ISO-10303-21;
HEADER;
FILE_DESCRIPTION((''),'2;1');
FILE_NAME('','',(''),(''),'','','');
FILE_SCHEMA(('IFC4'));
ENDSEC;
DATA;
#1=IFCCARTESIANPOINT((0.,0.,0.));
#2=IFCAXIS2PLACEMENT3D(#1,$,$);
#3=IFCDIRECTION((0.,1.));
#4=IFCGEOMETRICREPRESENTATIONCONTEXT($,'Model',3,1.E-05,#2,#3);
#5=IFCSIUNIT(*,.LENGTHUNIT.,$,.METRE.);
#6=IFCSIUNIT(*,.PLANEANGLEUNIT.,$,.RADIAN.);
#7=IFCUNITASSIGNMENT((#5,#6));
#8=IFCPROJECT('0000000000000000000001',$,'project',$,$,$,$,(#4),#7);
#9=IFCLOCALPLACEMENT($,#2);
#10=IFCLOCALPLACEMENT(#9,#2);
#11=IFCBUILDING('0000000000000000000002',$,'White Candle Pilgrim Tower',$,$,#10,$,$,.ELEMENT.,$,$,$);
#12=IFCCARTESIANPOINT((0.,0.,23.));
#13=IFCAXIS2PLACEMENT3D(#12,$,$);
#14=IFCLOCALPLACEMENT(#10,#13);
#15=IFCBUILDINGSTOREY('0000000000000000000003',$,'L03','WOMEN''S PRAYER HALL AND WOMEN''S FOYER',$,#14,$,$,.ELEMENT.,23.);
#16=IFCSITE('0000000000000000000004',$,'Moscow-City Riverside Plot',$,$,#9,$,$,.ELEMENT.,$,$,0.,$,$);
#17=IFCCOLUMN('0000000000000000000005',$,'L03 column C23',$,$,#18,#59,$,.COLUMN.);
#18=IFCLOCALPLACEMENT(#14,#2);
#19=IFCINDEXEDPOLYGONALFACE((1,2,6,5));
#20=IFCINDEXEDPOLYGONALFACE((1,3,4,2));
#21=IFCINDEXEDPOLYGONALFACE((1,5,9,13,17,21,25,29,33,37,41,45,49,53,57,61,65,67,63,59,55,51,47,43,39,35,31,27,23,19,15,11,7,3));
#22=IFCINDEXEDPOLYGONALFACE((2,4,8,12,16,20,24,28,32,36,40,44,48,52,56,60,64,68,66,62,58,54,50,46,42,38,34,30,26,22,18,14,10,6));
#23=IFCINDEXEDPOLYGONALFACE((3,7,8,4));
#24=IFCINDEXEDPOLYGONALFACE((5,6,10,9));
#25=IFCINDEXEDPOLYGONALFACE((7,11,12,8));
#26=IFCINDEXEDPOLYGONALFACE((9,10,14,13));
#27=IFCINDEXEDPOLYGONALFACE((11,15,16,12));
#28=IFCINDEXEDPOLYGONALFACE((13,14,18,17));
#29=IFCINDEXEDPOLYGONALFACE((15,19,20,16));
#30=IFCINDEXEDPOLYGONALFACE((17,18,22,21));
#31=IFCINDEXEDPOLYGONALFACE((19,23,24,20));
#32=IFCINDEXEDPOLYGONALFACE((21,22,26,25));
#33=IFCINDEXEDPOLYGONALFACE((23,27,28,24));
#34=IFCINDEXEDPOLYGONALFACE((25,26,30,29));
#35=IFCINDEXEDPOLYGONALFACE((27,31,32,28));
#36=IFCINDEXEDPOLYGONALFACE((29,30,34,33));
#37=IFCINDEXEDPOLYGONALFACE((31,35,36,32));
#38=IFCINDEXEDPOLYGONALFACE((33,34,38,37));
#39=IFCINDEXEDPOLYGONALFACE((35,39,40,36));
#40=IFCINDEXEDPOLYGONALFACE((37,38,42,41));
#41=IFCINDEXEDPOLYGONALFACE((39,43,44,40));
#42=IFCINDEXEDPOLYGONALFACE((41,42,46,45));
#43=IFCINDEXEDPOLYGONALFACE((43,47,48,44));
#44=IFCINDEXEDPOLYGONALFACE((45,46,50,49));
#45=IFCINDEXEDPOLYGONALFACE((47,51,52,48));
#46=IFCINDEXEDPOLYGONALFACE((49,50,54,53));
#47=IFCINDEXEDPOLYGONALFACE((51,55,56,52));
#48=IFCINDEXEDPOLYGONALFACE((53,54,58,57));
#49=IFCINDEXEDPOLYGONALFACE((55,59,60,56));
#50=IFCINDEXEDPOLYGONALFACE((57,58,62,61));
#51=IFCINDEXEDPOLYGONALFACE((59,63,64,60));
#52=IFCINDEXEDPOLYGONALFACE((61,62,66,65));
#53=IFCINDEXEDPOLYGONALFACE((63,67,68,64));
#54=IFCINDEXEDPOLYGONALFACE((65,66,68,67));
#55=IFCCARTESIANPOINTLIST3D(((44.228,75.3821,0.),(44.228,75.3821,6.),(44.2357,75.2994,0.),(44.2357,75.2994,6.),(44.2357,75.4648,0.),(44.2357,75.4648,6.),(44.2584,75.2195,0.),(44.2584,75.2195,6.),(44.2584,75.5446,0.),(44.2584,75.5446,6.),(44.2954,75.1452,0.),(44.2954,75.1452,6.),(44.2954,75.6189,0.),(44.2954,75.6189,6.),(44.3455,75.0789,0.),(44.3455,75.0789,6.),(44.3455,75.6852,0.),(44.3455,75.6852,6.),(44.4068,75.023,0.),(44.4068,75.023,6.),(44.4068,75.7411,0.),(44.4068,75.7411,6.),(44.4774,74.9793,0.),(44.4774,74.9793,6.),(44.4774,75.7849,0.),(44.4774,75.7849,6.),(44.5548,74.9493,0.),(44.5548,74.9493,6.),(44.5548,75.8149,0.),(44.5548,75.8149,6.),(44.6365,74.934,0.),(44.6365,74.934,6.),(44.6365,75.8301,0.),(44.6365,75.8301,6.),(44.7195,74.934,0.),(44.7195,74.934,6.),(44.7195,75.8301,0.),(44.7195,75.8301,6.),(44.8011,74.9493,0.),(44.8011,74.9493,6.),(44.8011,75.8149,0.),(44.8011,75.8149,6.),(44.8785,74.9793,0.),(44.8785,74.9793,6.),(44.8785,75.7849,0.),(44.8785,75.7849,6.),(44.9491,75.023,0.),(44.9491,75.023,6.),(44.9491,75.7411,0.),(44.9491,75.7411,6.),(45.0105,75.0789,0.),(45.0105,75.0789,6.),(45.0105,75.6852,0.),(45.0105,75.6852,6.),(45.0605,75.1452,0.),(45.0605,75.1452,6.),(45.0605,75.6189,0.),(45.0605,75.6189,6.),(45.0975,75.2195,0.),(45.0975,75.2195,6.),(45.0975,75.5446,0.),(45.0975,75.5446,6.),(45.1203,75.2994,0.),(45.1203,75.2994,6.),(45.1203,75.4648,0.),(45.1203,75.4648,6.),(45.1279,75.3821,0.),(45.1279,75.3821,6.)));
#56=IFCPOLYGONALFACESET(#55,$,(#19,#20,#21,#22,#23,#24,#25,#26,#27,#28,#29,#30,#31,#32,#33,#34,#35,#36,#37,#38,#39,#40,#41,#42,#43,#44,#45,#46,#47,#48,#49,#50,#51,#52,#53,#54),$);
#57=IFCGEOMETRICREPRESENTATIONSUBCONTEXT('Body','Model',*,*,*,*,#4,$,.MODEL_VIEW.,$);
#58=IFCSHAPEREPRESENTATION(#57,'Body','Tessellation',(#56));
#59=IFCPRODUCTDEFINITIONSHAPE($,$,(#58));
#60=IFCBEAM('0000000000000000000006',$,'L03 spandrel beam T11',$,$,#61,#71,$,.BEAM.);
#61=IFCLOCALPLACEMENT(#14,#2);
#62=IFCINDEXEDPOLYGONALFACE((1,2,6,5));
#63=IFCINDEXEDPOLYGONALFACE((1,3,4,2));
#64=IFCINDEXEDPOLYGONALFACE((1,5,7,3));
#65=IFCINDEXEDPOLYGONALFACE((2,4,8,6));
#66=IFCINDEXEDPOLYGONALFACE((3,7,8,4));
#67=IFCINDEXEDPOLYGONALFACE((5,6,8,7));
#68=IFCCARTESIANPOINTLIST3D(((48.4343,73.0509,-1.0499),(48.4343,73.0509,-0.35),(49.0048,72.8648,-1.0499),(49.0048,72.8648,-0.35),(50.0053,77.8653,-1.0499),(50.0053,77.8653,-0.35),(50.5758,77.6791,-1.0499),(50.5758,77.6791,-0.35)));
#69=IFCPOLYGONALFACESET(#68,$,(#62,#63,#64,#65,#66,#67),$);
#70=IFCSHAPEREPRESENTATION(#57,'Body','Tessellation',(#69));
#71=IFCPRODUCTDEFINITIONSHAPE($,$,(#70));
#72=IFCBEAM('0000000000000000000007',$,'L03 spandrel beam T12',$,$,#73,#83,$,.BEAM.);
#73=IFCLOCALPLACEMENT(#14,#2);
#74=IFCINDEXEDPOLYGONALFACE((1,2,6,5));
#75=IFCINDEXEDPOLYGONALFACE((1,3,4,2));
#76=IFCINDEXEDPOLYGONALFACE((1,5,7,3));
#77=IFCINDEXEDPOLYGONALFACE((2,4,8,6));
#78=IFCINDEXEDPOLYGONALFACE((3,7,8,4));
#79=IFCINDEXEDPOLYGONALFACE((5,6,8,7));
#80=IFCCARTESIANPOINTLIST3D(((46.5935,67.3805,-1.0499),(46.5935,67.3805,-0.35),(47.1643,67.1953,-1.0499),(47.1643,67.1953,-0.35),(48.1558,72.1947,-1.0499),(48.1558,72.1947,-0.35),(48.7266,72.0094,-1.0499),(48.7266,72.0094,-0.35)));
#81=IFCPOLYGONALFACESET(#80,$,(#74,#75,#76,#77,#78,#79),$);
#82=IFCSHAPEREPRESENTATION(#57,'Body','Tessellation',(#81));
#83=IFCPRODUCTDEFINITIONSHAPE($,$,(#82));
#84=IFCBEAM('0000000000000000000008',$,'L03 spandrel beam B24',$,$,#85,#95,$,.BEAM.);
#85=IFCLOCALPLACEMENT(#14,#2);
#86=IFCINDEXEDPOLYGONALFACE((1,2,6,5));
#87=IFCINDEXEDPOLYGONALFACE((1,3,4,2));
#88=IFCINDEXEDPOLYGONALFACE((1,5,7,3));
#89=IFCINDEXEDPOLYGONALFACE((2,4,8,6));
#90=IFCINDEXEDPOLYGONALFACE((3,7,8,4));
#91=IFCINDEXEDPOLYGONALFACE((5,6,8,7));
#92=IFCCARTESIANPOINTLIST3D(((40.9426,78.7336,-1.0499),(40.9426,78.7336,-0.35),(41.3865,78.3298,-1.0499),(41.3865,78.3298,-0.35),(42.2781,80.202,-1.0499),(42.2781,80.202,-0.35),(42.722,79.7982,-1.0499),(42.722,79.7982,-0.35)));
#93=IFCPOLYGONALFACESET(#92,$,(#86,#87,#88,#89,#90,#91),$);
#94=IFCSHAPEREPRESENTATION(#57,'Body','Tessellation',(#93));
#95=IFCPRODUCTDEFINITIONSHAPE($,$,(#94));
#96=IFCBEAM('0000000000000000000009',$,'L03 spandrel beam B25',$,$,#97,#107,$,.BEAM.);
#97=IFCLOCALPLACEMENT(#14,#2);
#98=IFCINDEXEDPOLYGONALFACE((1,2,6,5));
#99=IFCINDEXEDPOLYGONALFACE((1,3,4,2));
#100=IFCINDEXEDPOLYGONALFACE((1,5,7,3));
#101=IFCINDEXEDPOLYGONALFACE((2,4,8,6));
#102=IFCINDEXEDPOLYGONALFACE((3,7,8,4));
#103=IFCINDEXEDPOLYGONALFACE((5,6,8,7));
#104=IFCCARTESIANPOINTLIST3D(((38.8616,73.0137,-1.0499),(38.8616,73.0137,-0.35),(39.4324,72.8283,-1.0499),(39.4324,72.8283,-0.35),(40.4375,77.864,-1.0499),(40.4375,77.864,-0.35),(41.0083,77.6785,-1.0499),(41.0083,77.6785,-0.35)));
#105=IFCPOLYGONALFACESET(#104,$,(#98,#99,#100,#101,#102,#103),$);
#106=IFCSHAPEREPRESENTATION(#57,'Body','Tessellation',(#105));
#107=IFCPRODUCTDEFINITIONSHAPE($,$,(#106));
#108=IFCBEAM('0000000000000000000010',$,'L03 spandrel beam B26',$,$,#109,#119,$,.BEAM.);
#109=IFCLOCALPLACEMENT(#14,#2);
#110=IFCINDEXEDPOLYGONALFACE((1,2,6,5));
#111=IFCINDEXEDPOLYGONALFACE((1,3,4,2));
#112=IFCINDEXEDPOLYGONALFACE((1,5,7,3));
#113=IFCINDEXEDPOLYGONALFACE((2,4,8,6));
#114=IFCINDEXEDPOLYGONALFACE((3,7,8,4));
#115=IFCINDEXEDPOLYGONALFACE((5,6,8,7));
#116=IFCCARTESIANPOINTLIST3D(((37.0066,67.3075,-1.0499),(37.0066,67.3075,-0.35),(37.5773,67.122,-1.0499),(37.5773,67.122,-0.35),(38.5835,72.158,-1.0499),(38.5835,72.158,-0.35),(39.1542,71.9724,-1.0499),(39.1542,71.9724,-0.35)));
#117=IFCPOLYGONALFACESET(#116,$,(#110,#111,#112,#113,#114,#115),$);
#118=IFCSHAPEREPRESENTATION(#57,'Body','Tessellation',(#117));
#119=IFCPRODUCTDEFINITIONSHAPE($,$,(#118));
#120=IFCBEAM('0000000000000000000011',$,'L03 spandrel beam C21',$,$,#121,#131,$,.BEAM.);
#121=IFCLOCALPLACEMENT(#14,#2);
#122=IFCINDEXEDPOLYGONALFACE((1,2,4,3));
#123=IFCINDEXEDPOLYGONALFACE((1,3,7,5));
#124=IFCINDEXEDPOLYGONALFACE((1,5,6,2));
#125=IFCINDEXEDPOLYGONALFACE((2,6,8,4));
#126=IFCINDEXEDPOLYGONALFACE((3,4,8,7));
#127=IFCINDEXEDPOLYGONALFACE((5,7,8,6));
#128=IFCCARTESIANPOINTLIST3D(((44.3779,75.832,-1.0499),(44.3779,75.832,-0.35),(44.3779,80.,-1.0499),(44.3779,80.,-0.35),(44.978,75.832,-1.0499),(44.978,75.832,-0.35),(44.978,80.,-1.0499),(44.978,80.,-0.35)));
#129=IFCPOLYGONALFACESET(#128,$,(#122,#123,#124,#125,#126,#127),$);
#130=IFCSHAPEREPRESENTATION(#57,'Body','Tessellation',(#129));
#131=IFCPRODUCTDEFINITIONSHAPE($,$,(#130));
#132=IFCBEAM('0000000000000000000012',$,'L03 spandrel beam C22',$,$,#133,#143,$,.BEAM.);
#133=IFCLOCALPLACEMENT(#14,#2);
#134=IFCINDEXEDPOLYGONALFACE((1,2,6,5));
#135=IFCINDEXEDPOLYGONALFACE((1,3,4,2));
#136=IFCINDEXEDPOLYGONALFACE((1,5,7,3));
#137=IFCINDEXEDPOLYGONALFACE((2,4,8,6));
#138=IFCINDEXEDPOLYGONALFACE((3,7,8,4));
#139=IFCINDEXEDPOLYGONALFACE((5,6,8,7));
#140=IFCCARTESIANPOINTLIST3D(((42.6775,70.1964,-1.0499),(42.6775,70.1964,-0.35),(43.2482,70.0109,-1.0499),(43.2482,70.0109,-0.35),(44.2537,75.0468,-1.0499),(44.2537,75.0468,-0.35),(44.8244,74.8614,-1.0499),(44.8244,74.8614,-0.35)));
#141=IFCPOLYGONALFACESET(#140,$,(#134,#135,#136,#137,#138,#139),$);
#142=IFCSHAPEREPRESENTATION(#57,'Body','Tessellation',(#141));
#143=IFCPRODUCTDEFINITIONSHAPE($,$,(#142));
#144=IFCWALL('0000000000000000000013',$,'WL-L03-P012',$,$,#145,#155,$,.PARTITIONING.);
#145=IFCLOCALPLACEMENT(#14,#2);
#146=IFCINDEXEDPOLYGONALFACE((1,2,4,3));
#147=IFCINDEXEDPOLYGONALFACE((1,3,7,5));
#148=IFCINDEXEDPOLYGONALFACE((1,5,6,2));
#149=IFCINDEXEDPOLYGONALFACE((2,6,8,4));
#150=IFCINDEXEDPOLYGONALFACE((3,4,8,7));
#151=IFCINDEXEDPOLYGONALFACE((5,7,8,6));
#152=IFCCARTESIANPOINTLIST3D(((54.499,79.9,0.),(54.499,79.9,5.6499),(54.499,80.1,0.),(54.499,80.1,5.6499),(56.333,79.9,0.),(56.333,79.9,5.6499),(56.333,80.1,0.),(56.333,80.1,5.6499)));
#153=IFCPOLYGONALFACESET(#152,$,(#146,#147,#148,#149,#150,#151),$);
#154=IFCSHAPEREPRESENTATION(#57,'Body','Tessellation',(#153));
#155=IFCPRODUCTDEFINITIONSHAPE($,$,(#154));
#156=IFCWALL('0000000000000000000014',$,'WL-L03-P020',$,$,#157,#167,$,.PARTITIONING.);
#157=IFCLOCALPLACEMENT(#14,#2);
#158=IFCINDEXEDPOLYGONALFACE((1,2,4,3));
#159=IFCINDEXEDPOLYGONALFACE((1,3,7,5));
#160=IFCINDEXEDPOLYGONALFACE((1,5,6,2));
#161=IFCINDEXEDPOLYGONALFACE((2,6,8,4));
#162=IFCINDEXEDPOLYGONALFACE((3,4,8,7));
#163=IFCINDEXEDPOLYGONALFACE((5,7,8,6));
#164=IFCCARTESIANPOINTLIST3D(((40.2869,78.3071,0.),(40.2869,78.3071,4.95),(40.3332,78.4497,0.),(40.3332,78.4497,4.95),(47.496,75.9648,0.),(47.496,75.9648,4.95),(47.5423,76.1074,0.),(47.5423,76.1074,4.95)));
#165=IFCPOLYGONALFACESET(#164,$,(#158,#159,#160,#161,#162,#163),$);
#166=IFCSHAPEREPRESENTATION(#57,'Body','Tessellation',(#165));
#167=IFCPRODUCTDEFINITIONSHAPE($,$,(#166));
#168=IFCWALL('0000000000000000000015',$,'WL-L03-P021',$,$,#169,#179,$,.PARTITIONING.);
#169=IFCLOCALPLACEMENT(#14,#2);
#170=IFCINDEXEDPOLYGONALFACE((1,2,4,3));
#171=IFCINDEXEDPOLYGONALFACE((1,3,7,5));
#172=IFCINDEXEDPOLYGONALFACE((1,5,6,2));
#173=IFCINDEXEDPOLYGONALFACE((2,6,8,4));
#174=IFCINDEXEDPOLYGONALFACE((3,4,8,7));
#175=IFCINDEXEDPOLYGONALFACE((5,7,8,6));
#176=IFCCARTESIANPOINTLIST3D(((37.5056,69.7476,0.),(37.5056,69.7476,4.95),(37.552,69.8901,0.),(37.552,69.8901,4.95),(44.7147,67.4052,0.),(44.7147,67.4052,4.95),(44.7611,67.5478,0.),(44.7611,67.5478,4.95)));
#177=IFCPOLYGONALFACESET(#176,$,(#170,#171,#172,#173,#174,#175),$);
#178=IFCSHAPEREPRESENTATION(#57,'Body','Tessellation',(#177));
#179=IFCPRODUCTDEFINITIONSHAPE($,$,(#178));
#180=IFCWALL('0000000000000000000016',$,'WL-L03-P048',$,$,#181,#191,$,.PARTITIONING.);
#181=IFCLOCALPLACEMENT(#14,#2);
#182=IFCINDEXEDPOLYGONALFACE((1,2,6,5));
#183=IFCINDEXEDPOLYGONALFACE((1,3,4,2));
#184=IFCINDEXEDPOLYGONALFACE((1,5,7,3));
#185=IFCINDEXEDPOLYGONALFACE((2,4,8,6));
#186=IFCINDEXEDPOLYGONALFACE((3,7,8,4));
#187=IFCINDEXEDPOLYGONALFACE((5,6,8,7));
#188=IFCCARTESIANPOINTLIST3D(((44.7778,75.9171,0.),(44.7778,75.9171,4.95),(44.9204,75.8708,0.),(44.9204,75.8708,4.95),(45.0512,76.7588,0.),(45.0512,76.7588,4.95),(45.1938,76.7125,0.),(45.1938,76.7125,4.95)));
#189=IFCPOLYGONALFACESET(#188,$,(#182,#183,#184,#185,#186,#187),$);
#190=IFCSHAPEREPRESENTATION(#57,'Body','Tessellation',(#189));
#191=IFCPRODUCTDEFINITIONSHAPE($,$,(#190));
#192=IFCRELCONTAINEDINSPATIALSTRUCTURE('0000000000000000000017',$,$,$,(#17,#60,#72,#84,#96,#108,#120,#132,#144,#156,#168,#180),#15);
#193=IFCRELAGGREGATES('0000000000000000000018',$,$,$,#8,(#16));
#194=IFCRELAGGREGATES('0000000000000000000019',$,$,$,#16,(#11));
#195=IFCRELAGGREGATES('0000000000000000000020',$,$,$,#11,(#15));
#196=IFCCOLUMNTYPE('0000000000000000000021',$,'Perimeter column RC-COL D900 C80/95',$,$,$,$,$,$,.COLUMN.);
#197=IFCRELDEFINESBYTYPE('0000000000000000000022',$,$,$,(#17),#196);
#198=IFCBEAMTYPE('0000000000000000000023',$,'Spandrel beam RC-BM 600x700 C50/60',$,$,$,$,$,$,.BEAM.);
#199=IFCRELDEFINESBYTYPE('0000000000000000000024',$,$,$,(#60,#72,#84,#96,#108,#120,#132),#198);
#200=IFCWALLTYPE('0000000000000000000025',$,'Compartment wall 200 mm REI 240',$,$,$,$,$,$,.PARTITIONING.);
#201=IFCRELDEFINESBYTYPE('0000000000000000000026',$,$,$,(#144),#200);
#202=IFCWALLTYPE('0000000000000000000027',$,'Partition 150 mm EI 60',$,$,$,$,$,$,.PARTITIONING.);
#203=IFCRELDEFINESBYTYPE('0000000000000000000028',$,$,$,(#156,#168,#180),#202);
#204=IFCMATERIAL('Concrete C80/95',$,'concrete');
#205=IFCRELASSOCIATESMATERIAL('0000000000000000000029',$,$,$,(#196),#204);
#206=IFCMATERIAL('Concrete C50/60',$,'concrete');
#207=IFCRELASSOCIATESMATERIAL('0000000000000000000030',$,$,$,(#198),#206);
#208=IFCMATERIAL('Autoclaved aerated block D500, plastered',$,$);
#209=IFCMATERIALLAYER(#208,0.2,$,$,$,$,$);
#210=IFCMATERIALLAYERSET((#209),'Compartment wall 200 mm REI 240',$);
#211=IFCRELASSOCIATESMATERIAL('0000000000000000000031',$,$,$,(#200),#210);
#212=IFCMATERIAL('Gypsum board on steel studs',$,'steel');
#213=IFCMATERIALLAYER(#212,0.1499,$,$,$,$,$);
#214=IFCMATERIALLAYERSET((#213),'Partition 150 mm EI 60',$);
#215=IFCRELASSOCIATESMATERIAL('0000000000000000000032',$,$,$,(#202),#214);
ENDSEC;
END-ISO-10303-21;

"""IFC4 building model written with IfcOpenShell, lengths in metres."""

from ifc_helpers import new_model, si_unit, direction, frame, frame_2d, origin, origin_2d, place, context, subcontext, project, spatial, rectangle, circle, extrude, material, layer, layer_set, material_profile, profile_set, type_object, element, save


model = new_model("IFC4")

# Units and contexts
model_context = context("Model", 3, precision=1e-05, world=origin(), true_north=direction((0.0, 1.0)))
body_context = subcontext(model_context, "Body", "Model", "MODEL_VIEW")
ifc_project = project(units=[si_unit("LENGTHUNIT", "METRE"), si_unit("PLANEANGLEUNIT", "RADIAN")], contexts=[model_context])

# Site, building, storey
site_placement = place(None, origin())
site = spatial("IfcSite", under=ifc_project, at=site_placement, Name="Moscow-City Riverside Plot", CompositionType="ELEMENT", RefElevation=0.0)
building_placement = place(site_placement, origin())
building = spatial("IfcBuilding", under=site, at=building_placement, Name="White Candle Pilgrim Tower", CompositionType="ELEMENT")
storey_placement = place(building_placement, frame((0.0, 0.0, 23.0)))
storey = spatial("IfcBuildingStorey", under=building, at=storey_placement, Name="L03", Description="WOMEN'S PRAYER HALL AND WOMEN'S FOYER", CompositionType="ELEMENT", Elevation=23.0)

# Column
ifc_material_1 = material(Name="Concrete C80/95", Category="concrete")
ifc_material_profile_1 = material_profile(ifc_material_1, circle(Radius=0.45, at=origin_2d()), Name="RC-COL D900")
ifc_profile_set_1 = profile_set([ifc_material_profile_1], Name="Concrete C80/95")
column_type = type_object("IfcColumnType", Name="Perimeter column RC-COL D900 C80/95", PredefinedType="COLUMN", material=ifc_profile_set_1)
for number, where, z_axis, x_axis, name in (
    (1, (44.678, 75.3821, 0.0), (0.0, 0.0, 1.0), (1.0, 0.0, 0.0), "L03 column C23"),
):
    element("IfcColumn", number, at=place(storey_placement, frame(where, z_axis=z_axis, x_axis=x_axis)), inside=storey, type_object=column_type, Name=name, PredefinedType="COLUMN", context=body_context, shape_type="SweptSolid", body=[
        extrude(circle(Radius=0.45, at=origin_2d()), origin(), (0.0, 0.0, 1.0), 6.0),
    ])

# Beams
ifc_material_2 = material(Name="Concrete C50/60", Category="concrete")
ifc_material_profile_2 = material_profile(ifc_material_2, rectangle(XDim=0.6001, YDim=0.7, at=origin_2d()), Name="RC-BM 600x700")
ifc_profile_set_2 = profile_set([ifc_material_profile_2], Name="Concrete C50/60")
beam_type = type_object("IfcBeamType", Name="Spandrel beam RC-BM 600x700 C50/60", PredefinedType="BEAM", material=ifc_profile_set_2)
beam_1_placement = place(storey_placement, frame((50.2905, 77.7722, -0.7), z_axis=(-0.31022, -0.950665, 0.0), x_axis=(0.950665, -0.31022, 0.0)))
element("IfcBeam", 2, at=beam_1_placement, inside=storey, type_object=beam_type, Name="L03 spandrel beam T11", PredefinedType="BEAM", context=body_context, shape_type="SweptSolid", body=[
    extrude(rectangle(XDim=0.6001, YDim=0.7, at=origin_2d()), origin(), (0.0, 0.0, 1.0), 5.0642),
])
beam_2_placement = place(storey_placement, frame((48.4412, 72.1021, -0.7), z_axis=(-0.308664, -0.951171, 0.0), x_axis=(0.951171, -0.308664, 0.0)))
element("IfcBeam", 3, at=beam_2_placement, inside=storey, type_object=beam_type, Name="L03 spandrel beam T12", PredefinedType="BEAM", context=body_context, shape_type="SweptSolid", body=[
    extrude(rectangle(XDim=0.6001, YDim=0.7, at=origin_2d()), origin(), (0.0, 0.0, 1.0), 5.0613),
])
beam_3_placement = place(storey_placement, frame((41.1646, 78.5317, -0.7), z_axis=(0.672856, 0.739773, 0.0), x_axis=(-0.739773, 0.672856, 0.0)))
element("IfcBeam", 4, at=beam_3_placement, inside=storey, type_object=beam_type, Name="L03 spandrel beam B24", PredefinedType="BEAM", context=body_context, shape_type="SweptSolid", body=[
    extrude(rectangle(XDim=0.6001, YDim=0.7, at=origin_2d()), origin(), (0.0, 0.0, 1.0), 1.9849),
])
beam_4_placement = place(storey_placement, frame((40.7229, 77.7712, -0.7), z_axis=(-0.309009, -0.951059, 0.0), x_axis=(0.951059, -0.309009, 0.0)))
element("IfcBeam", 5, at=beam_4_placement, inside=storey, type_object=beam_type, Name="L03 spandrel beam B25", PredefinedType="BEAM", context=body_context, shape_type="SweptSolid", body=[
    extrude(rectangle(XDim=0.6001, YDim=0.7, at=origin_2d()), origin(), (0.0, 0.0, 1.0), 5.0999),
])
beam_5_placement = place(storey_placement, frame((38.8689, 72.0652, -0.7), z_axis=(-0.309182, -0.951003, 0.0), x_axis=(0.951003, -0.309182, 0.0)))
element("IfcBeam", 6, at=beam_5_placement, inside=storey, type_object=beam_type, Name="L03 spandrel beam B26", PredefinedType="BEAM", context=body_context, shape_type="SweptSolid", body=[
    extrude(rectangle(XDim=0.6001, YDim=0.7, at=origin_2d()), origin(), (0.0, 0.0, 1.0), 5.1003),
])
beam_6_placement = place(storey_placement, frame((44.678, 75.832, -0.7), z_axis=(0.0, 1.0, 0.0), x_axis=(-1.0, 0.0, 0.0)))
element("IfcBeam", 7, at=beam_6_placement, inside=storey, type_object=beam_type, Name="L03 spandrel beam C21", PredefinedType="BEAM", context=body_context, shape_type="SweptSolid", body=[
    extrude(rectangle(XDim=0.6001, YDim=0.7, at=origin_2d()), origin(), (0.0, 0.0, 1.0), 4.168),
])
beam_7_placement = place(storey_placement, frame((44.5391, 74.9541, -0.7), z_axis=(-0.309053, -0.951045, 0.0), x_axis=(0.951045, -0.309053, 0.0)))
element("IfcBeam", 8, at=beam_7_placement, inside=storey, type_object=beam_type, Name="L03 spandrel beam C22", PredefinedType="BEAM", context=body_context, shape_type="SweptSolid", body=[
    extrude(rectangle(XDim=0.6001, YDim=0.7, at=origin_2d()), origin(), (0.0, 0.0, 1.0), 5.1001),
])

# Walls
ifc_material_3 = material(Name="Autoclaved aerated block D500, plastered")
ifc_layer_1 = layer(ifc_material_3, 0.2)
ifc_layer_set_1 = layer_set([ifc_layer_1], Name="Compartment wall 200 mm REI 240")
wall_type_1 = type_object("IfcWallType", Name="Compartment wall 200 mm REI 240", PredefinedType="PARTITIONING", material=ifc_layer_set_1)
wall_1_placement = place(storey_placement, frame((54.499, 80.0, 0.0), z_axis=(0.0, 0.0, 1.0), x_axis=(1.0, 0.0, 0.0)))
element("IfcWall", 9, at=wall_1_placement, inside=storey, type_object=wall_type_1, Name="WL-L03-P012", PredefinedType="PARTITIONING", context=body_context, shape_type="SweptSolid", body=[
    extrude(rectangle(XDim=1.834, YDim=0.2, at=frame_2d((0.917, 0.0))), origin(), (0.0, 0.0, 1.0), 5.6499),
])
ifc_material_4 = material(Name="Gypsum board on steel studs", Category="steel")
ifc_layer_2 = layer(ifc_material_4, 0.1499)
ifc_layer_set_2 = layer_set([ifc_layer_2], Name="Partition 150 mm EI 60")
wall_type_2 = type_object("IfcWallType", Name="Partition 150 mm EI 60", PredefinedType="PARTITIONING", material=ifc_layer_set_2)
for number, where, z_axis, x_axis, name in (
    (10, (40.3101, 78.3784, 0.0), (0.0, 0.0, 1.0), (0.951059, -0.30901, 0.0), "WL-L03-P020"),
    (11, (37.5288, 69.8188, 0.0), (0.0, 0.0, 1.0), (0.951059, -0.30901, 0.0), "WL-L03-P021"),
):
    element("IfcWall", number, at=place(storey_placement, frame(where, z_axis=z_axis, x_axis=x_axis)), inside=storey, type_object=wall_type_2, Name=name, PredefinedType="PARTITIONING", context=body_context, shape_type="SweptSolid", body=[
        extrude(rectangle(XDim=7.5801, YDim=0.1499, at=frame_2d((3.79, 0.0))), origin(), (0.0, 0.0, 1.0), 4.95),
    ])
wall_2_placement = place(storey_placement, frame((44.8491, 75.894, 0.0), z_axis=(0.0, 0.0, 1.0), x_axis=(0.308936, 0.951083, 0.0)))
element("IfcWall", 12, at=wall_2_placement, inside=storey, type_object=wall_type_2, Name="WL-L03-P048", PredefinedType="PARTITIONING", context=body_context, shape_type="SweptSolid", body=[
    extrude(rectangle(XDim=0.885, YDim=0.1499, at=frame_2d((0.4424, 0.0))), origin(), (0.0, 0.0, 1.0), 4.95),
])

save(model, "model.ifc")
